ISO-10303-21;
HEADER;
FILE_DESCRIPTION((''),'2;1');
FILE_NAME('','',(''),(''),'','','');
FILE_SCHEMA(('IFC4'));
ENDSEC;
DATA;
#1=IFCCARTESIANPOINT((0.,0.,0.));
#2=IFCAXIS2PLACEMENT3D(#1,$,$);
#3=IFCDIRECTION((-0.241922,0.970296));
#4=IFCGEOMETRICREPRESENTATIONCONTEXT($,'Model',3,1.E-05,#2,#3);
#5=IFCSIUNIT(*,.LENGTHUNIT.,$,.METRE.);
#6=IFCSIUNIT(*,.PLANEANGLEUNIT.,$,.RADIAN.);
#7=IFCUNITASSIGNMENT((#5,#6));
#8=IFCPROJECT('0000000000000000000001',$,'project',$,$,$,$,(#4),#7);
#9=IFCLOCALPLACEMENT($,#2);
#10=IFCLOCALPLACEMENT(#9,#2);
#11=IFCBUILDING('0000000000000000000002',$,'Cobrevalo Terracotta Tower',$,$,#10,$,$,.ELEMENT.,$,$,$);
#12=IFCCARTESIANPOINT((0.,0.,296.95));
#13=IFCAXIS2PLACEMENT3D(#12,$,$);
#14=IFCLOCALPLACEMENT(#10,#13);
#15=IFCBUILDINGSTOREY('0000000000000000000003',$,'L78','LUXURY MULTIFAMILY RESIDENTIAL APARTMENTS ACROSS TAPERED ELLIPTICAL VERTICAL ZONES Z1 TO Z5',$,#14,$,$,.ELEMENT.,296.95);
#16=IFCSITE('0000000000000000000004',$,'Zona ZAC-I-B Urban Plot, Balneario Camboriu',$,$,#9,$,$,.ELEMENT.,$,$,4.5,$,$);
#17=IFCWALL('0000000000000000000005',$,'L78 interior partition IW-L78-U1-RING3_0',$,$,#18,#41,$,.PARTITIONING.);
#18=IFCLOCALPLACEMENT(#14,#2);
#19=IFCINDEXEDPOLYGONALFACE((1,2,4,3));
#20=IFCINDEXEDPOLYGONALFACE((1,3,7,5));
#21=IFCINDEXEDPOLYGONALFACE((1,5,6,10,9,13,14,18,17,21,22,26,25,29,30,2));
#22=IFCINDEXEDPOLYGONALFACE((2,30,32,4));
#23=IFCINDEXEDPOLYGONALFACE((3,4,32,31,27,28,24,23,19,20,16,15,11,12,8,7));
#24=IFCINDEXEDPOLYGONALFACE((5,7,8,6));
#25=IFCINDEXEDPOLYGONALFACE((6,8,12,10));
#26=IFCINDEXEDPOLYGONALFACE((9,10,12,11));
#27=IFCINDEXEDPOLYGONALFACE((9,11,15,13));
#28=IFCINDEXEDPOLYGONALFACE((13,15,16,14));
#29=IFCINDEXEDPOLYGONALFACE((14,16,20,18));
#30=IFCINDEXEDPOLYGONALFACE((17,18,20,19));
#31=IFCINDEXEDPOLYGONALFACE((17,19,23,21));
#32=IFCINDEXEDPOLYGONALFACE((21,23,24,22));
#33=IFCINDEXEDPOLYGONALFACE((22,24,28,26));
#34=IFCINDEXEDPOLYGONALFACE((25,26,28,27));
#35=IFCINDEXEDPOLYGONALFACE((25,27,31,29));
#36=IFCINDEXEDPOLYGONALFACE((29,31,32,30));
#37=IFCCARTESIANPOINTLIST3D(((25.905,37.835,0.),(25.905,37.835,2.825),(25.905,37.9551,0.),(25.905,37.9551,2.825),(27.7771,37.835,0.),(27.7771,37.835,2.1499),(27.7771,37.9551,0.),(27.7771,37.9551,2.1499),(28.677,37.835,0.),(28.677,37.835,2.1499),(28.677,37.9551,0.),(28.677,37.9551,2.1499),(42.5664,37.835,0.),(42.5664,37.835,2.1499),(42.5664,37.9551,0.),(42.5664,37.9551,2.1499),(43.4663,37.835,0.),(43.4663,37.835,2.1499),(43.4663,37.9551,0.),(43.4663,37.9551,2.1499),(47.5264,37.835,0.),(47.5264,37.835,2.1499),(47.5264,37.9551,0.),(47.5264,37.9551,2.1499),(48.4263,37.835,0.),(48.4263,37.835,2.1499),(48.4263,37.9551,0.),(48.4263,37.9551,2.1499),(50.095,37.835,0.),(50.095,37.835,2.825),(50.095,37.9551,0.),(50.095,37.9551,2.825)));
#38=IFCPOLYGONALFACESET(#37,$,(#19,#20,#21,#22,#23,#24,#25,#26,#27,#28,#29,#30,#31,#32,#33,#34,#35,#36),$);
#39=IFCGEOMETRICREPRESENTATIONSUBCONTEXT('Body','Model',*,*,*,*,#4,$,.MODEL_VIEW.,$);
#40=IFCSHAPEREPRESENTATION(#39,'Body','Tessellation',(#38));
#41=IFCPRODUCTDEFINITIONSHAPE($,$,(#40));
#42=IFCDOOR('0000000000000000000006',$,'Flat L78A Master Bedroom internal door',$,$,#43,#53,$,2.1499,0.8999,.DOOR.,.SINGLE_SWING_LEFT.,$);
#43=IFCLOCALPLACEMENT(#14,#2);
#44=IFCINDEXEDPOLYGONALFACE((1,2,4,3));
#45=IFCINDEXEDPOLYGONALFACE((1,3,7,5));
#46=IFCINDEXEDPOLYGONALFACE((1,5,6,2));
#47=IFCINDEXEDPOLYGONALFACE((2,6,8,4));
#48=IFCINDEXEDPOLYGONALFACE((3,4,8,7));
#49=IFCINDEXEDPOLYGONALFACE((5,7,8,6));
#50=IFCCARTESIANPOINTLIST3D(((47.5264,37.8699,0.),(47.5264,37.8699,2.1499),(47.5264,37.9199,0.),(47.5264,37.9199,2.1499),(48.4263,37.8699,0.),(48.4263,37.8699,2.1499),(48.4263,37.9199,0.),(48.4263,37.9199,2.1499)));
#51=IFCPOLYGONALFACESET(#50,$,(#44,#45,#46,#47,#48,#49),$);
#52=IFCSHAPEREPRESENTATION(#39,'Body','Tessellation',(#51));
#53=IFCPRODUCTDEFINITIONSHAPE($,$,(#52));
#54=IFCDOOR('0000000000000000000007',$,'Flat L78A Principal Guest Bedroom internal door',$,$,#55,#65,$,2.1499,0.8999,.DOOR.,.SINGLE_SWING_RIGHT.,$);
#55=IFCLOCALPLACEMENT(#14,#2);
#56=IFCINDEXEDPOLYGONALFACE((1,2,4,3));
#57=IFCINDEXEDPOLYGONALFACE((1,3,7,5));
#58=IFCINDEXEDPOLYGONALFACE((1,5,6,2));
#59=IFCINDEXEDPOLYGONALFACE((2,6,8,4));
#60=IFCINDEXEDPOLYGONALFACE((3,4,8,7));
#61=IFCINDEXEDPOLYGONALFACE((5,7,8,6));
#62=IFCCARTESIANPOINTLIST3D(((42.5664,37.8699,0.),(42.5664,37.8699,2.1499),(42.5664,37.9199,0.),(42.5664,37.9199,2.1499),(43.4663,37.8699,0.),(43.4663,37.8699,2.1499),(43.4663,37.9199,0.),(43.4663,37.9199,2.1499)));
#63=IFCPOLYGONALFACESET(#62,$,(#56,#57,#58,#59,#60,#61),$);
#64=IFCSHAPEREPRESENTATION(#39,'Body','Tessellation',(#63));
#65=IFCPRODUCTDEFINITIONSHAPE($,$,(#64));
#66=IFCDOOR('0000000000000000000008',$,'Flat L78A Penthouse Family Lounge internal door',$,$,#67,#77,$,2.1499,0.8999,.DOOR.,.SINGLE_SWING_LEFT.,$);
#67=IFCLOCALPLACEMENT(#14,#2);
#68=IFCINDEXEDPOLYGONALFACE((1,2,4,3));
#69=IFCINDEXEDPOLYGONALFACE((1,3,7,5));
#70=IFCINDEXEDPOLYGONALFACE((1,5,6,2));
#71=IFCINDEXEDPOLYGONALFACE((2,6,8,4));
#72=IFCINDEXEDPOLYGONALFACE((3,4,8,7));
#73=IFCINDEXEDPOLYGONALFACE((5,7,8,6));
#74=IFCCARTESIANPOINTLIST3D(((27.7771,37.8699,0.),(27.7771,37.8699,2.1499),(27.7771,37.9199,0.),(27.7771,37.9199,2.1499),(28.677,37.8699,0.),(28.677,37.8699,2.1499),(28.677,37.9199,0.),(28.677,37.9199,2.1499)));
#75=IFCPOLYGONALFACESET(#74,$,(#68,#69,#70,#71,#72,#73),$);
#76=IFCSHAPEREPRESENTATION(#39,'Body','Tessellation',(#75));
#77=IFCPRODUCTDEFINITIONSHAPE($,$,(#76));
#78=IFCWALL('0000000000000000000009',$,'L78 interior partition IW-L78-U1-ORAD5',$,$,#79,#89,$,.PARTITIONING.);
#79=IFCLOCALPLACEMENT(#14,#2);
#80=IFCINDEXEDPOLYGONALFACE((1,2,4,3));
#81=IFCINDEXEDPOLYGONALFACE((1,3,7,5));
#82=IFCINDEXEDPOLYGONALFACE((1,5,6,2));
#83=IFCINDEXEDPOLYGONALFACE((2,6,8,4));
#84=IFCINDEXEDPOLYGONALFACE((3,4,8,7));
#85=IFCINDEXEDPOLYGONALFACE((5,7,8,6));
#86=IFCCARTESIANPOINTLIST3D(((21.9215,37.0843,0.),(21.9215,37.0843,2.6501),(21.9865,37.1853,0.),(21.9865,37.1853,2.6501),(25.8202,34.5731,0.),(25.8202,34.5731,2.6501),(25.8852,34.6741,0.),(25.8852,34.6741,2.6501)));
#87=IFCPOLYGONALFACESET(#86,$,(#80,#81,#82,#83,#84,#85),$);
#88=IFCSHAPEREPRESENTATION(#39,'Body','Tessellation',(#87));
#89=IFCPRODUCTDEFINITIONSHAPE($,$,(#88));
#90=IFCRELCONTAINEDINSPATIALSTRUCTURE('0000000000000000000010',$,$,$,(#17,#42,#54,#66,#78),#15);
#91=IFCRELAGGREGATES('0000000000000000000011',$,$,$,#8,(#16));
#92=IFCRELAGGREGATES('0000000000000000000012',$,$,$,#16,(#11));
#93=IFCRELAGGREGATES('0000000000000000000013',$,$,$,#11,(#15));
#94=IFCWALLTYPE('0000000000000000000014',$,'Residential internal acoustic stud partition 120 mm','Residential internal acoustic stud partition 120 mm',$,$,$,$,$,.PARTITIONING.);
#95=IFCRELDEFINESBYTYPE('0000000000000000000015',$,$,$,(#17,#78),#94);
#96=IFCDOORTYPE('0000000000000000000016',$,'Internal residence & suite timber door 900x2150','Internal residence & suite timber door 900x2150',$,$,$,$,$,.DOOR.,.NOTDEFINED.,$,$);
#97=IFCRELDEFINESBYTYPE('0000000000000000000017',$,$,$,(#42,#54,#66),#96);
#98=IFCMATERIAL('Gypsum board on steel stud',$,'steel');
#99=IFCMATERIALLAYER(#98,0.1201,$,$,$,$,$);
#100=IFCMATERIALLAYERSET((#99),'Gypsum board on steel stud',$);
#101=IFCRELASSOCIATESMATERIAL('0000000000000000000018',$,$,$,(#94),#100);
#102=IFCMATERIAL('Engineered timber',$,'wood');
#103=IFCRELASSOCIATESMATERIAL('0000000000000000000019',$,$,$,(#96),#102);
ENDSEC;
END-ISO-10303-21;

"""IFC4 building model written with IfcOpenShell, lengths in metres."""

from ifc_helpers import new_model, si_unit, direction, frame, frame_2d, origin, place, context, subcontext, project, spatial, rectangle, extrude, source, transform, mapped, material, layer, layer_set, type_object, element, fill, save


model = new_model("IFC4")

# Units and contexts
model_context = context("Model", 3, precision=1e-05, world=origin(), true_north=direction((-0.241922, 0.970296)))
body_context = subcontext(model_context, "Body", "Model", "MODEL_VIEW")
ifc_project = project(units=[si_unit("LENGTHUNIT", "METRE"), si_unit("PLANEANGLEUNIT", "RADIAN")], contexts=[model_context])

# Site, building, storey
site_placement = place(None, origin())
site = spatial("IfcSite", under=ifc_project, at=site_placement, Name="Zona ZAC-I-B Urban Plot, Balneario Camboriu", CompositionType="ELEMENT", RefElevation=4.5)
building_placement = place(site_placement, origin())
building = spatial("IfcBuilding", under=site, at=building_placement, Name="Cobrevalo Terracotta Tower", CompositionType="ELEMENT")
storey_placement = place(building_placement, frame((0.0, 0.0, 296.95)))
storey = spatial("IfcBuildingStorey", under=building, at=storey_placement, Name="L78", Description="LUXURY MULTIFAMILY RESIDENTIAL APARTMENTS ACROSS TAPERED ELLIPTICAL VERTICAL ZONES Z1 TO Z5", CompositionType="ELEMENT", Elevation=296.95)

# Shared definitions
ifc_material_1 = material(Name="Gypsum board on steel stud", Category="steel")
ifc_layer_1 = layer(ifc_material_1, 0.1201)
ifc_layer_set_1 = layer_set([ifc_layer_1], Name="Gypsum board on steel stud")
wall_type = type_object("IfcWallType", Name="Residential internal acoustic stud partition 120 mm", Description="Residential internal acoustic stud partition 120 mm", PredefinedType="PARTITIONING", material=ifc_layer_set_1)

# Wall, openings, doors
wall_1_placement = place(storey_placement, frame((25.905, 37.895, 0.0), z_axis=(0.0, 0.0, 1.0), x_axis=(1.0, 0.0, 0.0)))
wall_1 = element("IfcWall", 1, at=wall_1_placement, inside=storey, type_object=wall_type, Name="L78 interior partition IW-L78-U1-RING3_0", PredefinedType="PARTITIONING", context=body_context, shape_type="SweptSolid", body=[
    extrude(rectangle(XDim=24.1899, YDim=0.1201, at=frame_2d((12.095, 0.0))), origin(), (0.0, 0.0, 1.0), 2.825),
])
opening_1_placement = place(wall_1_placement, frame((21.6213, 0.0, 0.0)))
opening_1 = element("IfcOpeningElement", 2, at=opening_1_placement, cuts=wall_1, PredefinedType="OPENING", context=body_context, shape_type="SweptSolid", body=[
    extrude(rectangle(XDim=0.8999, YDim=2.1499, at=frame_2d((0.45, 1.075))), frame((0.0, 0.0701, 0.0), z_axis=(0.0, -1.0, 0.0), x_axis=(1.0, 0.0, 0.0)), (0.0, 0.0, 1.0), 0.1401),
])
opening_2_placement = place(wall_1_placement, frame((16.6614, 0.0, 0.0)))
opening_2 = element("IfcOpeningElement", 3, at=opening_2_placement, cuts=wall_1, PredefinedType="OPENING", context=body_context, shape_type="SweptSolid", body=[
    extrude(rectangle(XDim=0.8999, YDim=2.1499, at=frame_2d((0.45, 1.075))), frame((0.0, 0.0701, 0.0), z_axis=(0.0, -1.0, 0.0), x_axis=(1.0, 0.0, 0.0)), (0.0, 0.0, 1.0), 0.1401),
])
opening_3_placement = place(wall_1_placement, frame((1.8721, 0.0, 0.0)))
opening_3 = element("IfcOpeningElement", 4, at=opening_3_placement, cuts=wall_1, PredefinedType="OPENING", context=body_context, shape_type="SweptSolid", body=[
    extrude(rectangle(XDim=0.8999, YDim=2.1499, at=frame_2d((0.45, 1.075))), frame((0.0, 0.0701, 0.0), z_axis=(0.0, -1.0, 0.0), x_axis=(1.0, 0.0, 0.0)), (0.0, 0.0, 1.0), 0.1401),
])
ifc_material_2 = material(Name="Engineered timber", Category="wood")
door_type = type_object("IfcDoorType", Name="Internal residence & suite timber door 900x2150", Description="Internal residence & suite timber door 900x2150", OperationType="NOTDEFINED", PredefinedType="DOOR", material=ifc_material_2)
shared_shape_1 = source(origin(), body_context, "Body", "SweptSolid", [
    extrude(rectangle(XDim=0.8999, YDim=2.1499, at=frame_2d((0.45, 1.075))), frame((0.0, 0.0249, 0.0), z_axis=(0.0, -1.0, 0.0), x_axis=(1.0, 0.0, 0.0)), (0.0, 0.0, 1.0), 0.05),
])
door_1_placement = place(opening_1_placement, origin())
door_1 = element("IfcDoor", 5, at=door_1_placement, inside=storey, type_object=door_type, Name="Flat L78A Master Bedroom internal door", OperationType="SINGLE_SWING_LEFT", OverallHeight=2.1499, OverallWidth=0.8999, PredefinedType="DOOR", context=body_context, shape_type="MappedRepresentation", body=[
    mapped(shared_shape_1, transform((0.0, 0.0, 0.0), scale=1.0)),
])
fill(opening_1, door_1)
door_2_placement = place(opening_2_placement, origin())
door_2 = element("IfcDoor", 6, at=door_2_placement, inside=storey, type_object=door_type, Name="Flat L78A Principal Guest Bedroom internal door", OperationType="SINGLE_SWING_RIGHT", OverallHeight=2.1499, OverallWidth=0.8999, PredefinedType="DOOR", context=body_context, shape_type="MappedRepresentation", body=[
    mapped(shared_shape_1, transform((0.0, 0.0, 0.0), scale=1.0)),
])
fill(opening_2, door_2)
door_3_placement = place(opening_3_placement, origin())
door_3 = element("IfcDoor", 7, at=door_3_placement, inside=storey, type_object=door_type, Name="Flat L78A Penthouse Family Lounge internal door", OperationType="SINGLE_SWING_LEFT", OverallHeight=2.1499, OverallWidth=0.8999, PredefinedType="DOOR", context=body_context, shape_type="MappedRepresentation", body=[
    mapped(shared_shape_1, transform((0.0, 0.0, 0.0), scale=1.0)),
])
fill(opening_3, door_3)

# Wall
wall_2_placement = place(storey_placement, frame((25.8528, 34.6235, 0.0), z_axis=(0.0, 0.0, 1.0), x_axis=(-0.840694, 0.54151, 0.0)))
element("IfcWall", 8, at=wall_2_placement, inside=storey, type_object=wall_type, Name="L78 interior partition IW-L78-U1-ORAD5", PredefinedType="PARTITIONING", context=body_context, shape_type="SweptSolid", body=[
    extrude(rectangle(XDim=4.6375, YDim=0.1201, at=frame_2d((2.3188, 0.0))), origin(), (0.0, 0.0, 1.0), 2.6501),
])

save(model, "model.ifc")
